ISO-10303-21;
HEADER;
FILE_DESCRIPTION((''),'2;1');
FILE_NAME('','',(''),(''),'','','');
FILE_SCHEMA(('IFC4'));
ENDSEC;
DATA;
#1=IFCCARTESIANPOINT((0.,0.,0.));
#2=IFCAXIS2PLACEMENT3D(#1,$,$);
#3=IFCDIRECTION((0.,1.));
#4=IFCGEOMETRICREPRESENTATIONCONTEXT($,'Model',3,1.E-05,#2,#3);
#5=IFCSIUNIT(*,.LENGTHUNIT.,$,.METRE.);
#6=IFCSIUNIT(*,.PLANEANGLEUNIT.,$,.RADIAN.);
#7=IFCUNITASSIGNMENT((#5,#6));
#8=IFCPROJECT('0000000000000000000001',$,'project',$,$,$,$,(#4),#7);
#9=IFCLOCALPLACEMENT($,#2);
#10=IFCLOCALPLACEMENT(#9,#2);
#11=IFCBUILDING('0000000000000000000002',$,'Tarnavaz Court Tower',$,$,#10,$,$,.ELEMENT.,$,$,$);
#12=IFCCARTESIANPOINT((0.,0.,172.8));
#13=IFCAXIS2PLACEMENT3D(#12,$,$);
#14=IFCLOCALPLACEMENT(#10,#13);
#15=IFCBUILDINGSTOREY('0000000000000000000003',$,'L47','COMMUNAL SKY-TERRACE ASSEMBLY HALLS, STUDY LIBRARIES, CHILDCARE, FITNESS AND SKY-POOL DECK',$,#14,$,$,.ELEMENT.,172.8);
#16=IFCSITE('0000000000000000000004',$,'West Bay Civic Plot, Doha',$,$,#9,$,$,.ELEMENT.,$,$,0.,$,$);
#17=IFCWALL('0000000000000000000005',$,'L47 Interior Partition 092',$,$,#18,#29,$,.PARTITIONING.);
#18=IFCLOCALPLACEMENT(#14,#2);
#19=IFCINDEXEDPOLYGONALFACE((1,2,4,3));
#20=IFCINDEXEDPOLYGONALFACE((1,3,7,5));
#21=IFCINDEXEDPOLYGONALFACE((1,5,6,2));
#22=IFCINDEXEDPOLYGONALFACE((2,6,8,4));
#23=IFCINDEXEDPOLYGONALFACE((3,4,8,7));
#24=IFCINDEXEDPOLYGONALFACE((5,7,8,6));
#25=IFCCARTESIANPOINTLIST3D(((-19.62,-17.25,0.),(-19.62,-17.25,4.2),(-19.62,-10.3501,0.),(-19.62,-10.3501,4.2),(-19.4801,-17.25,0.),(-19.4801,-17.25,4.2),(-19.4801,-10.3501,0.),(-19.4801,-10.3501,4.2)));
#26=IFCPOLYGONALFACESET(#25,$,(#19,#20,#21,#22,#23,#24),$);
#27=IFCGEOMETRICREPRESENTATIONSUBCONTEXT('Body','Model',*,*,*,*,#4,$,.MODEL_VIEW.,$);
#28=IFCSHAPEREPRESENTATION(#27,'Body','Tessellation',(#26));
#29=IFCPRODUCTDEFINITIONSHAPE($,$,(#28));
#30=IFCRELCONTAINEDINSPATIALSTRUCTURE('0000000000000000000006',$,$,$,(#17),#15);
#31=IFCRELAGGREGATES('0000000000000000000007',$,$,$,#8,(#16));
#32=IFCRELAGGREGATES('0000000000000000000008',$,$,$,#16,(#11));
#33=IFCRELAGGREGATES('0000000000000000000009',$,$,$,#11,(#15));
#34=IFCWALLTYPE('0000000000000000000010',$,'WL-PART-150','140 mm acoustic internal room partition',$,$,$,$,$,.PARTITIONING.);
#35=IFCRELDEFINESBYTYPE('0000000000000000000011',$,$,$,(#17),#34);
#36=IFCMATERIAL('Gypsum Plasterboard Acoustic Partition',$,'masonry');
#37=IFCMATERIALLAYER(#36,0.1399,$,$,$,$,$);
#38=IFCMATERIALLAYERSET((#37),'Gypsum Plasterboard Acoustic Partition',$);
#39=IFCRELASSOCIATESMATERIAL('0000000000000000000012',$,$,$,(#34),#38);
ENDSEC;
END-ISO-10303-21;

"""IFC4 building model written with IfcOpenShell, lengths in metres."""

from ifc_helpers import new_model, si_unit, direction, frame, frame_2d, origin, place, context, subcontext, project, spatial, rectangle, extrude, material, layer, layer_set, type_object, element, save


model = new_model("IFC4")

# Units and contexts
model_context = context("Model", 3, precision=1e-05, world=origin(), true_north=direction((0.0, 1.0)))
body_context = subcontext(model_context, "Body", "Model", "MODEL_VIEW")
ifc_project = project(units=[si_unit("LENGTHUNIT", "METRE"), si_unit("PLANEANGLEUNIT", "RADIAN")], contexts=[model_context])

# Site, building, storey
site_placement = place(None, origin())
site = spatial("IfcSite", under=ifc_project, at=site_placement, Name="West Bay Civic Plot, Doha", CompositionType="ELEMENT", RefElevation=0.0)
building_placement = place(site_placement, origin())
building = spatial("IfcBuilding", under=site, at=building_placement, Name="Tarnavaz Court Tower", CompositionType="ELEMENT")
storey_placement = place(building_placement, frame((0.0, 0.0, 172.8)))
storey = spatial("IfcBuildingStorey", under=building, at=storey_placement, Name="L47", Description="COMMUNAL SKY-TERRACE ASSEMBLY HALLS, STUDY LIBRARIES, CHILDCARE, FITNESS AND SKY-POOL DECK", CompositionType="ELEMENT", Elevation=172.8)

# Wall
ifc_material_1 = material(Name="Gypsum Plasterboard Acoustic Partition", Category="masonry")
ifc_layer_1 = layer(ifc_material_1, 0.1399)
ifc_layer_set_1 = layer_set([ifc_layer_1], Name="Gypsum Plasterboard Acoustic Partition")
wall_type_1 = type_object("IfcWallType", Name="WL-PART-150", Description="140 mm acoustic internal room partition", PredefinedType="PARTITIONING", material=ifc_layer_set_1)
wall_1_placement = place(storey_placement, frame((-19.55, -17.25, 0.0), z_axis=(0.0, 0.0, 1.0), x_axis=(0.0, 1.0, 0.0)))
element("IfcWall", 1, at=wall_1_placement, inside=storey, type_object=wall_type_1, Name="L47 Interior Partition 092", PredefinedType="PARTITIONING", context=body_context, shape_type="SweptSolid", body=[
    extrude(rectangle(XDim=6.8999, YDim=0.1399, at=frame_2d((3.45, 0.0))), origin(), (0.0, 0.0, 1.0), 4.2),
])

save(model, "model.ifc")
